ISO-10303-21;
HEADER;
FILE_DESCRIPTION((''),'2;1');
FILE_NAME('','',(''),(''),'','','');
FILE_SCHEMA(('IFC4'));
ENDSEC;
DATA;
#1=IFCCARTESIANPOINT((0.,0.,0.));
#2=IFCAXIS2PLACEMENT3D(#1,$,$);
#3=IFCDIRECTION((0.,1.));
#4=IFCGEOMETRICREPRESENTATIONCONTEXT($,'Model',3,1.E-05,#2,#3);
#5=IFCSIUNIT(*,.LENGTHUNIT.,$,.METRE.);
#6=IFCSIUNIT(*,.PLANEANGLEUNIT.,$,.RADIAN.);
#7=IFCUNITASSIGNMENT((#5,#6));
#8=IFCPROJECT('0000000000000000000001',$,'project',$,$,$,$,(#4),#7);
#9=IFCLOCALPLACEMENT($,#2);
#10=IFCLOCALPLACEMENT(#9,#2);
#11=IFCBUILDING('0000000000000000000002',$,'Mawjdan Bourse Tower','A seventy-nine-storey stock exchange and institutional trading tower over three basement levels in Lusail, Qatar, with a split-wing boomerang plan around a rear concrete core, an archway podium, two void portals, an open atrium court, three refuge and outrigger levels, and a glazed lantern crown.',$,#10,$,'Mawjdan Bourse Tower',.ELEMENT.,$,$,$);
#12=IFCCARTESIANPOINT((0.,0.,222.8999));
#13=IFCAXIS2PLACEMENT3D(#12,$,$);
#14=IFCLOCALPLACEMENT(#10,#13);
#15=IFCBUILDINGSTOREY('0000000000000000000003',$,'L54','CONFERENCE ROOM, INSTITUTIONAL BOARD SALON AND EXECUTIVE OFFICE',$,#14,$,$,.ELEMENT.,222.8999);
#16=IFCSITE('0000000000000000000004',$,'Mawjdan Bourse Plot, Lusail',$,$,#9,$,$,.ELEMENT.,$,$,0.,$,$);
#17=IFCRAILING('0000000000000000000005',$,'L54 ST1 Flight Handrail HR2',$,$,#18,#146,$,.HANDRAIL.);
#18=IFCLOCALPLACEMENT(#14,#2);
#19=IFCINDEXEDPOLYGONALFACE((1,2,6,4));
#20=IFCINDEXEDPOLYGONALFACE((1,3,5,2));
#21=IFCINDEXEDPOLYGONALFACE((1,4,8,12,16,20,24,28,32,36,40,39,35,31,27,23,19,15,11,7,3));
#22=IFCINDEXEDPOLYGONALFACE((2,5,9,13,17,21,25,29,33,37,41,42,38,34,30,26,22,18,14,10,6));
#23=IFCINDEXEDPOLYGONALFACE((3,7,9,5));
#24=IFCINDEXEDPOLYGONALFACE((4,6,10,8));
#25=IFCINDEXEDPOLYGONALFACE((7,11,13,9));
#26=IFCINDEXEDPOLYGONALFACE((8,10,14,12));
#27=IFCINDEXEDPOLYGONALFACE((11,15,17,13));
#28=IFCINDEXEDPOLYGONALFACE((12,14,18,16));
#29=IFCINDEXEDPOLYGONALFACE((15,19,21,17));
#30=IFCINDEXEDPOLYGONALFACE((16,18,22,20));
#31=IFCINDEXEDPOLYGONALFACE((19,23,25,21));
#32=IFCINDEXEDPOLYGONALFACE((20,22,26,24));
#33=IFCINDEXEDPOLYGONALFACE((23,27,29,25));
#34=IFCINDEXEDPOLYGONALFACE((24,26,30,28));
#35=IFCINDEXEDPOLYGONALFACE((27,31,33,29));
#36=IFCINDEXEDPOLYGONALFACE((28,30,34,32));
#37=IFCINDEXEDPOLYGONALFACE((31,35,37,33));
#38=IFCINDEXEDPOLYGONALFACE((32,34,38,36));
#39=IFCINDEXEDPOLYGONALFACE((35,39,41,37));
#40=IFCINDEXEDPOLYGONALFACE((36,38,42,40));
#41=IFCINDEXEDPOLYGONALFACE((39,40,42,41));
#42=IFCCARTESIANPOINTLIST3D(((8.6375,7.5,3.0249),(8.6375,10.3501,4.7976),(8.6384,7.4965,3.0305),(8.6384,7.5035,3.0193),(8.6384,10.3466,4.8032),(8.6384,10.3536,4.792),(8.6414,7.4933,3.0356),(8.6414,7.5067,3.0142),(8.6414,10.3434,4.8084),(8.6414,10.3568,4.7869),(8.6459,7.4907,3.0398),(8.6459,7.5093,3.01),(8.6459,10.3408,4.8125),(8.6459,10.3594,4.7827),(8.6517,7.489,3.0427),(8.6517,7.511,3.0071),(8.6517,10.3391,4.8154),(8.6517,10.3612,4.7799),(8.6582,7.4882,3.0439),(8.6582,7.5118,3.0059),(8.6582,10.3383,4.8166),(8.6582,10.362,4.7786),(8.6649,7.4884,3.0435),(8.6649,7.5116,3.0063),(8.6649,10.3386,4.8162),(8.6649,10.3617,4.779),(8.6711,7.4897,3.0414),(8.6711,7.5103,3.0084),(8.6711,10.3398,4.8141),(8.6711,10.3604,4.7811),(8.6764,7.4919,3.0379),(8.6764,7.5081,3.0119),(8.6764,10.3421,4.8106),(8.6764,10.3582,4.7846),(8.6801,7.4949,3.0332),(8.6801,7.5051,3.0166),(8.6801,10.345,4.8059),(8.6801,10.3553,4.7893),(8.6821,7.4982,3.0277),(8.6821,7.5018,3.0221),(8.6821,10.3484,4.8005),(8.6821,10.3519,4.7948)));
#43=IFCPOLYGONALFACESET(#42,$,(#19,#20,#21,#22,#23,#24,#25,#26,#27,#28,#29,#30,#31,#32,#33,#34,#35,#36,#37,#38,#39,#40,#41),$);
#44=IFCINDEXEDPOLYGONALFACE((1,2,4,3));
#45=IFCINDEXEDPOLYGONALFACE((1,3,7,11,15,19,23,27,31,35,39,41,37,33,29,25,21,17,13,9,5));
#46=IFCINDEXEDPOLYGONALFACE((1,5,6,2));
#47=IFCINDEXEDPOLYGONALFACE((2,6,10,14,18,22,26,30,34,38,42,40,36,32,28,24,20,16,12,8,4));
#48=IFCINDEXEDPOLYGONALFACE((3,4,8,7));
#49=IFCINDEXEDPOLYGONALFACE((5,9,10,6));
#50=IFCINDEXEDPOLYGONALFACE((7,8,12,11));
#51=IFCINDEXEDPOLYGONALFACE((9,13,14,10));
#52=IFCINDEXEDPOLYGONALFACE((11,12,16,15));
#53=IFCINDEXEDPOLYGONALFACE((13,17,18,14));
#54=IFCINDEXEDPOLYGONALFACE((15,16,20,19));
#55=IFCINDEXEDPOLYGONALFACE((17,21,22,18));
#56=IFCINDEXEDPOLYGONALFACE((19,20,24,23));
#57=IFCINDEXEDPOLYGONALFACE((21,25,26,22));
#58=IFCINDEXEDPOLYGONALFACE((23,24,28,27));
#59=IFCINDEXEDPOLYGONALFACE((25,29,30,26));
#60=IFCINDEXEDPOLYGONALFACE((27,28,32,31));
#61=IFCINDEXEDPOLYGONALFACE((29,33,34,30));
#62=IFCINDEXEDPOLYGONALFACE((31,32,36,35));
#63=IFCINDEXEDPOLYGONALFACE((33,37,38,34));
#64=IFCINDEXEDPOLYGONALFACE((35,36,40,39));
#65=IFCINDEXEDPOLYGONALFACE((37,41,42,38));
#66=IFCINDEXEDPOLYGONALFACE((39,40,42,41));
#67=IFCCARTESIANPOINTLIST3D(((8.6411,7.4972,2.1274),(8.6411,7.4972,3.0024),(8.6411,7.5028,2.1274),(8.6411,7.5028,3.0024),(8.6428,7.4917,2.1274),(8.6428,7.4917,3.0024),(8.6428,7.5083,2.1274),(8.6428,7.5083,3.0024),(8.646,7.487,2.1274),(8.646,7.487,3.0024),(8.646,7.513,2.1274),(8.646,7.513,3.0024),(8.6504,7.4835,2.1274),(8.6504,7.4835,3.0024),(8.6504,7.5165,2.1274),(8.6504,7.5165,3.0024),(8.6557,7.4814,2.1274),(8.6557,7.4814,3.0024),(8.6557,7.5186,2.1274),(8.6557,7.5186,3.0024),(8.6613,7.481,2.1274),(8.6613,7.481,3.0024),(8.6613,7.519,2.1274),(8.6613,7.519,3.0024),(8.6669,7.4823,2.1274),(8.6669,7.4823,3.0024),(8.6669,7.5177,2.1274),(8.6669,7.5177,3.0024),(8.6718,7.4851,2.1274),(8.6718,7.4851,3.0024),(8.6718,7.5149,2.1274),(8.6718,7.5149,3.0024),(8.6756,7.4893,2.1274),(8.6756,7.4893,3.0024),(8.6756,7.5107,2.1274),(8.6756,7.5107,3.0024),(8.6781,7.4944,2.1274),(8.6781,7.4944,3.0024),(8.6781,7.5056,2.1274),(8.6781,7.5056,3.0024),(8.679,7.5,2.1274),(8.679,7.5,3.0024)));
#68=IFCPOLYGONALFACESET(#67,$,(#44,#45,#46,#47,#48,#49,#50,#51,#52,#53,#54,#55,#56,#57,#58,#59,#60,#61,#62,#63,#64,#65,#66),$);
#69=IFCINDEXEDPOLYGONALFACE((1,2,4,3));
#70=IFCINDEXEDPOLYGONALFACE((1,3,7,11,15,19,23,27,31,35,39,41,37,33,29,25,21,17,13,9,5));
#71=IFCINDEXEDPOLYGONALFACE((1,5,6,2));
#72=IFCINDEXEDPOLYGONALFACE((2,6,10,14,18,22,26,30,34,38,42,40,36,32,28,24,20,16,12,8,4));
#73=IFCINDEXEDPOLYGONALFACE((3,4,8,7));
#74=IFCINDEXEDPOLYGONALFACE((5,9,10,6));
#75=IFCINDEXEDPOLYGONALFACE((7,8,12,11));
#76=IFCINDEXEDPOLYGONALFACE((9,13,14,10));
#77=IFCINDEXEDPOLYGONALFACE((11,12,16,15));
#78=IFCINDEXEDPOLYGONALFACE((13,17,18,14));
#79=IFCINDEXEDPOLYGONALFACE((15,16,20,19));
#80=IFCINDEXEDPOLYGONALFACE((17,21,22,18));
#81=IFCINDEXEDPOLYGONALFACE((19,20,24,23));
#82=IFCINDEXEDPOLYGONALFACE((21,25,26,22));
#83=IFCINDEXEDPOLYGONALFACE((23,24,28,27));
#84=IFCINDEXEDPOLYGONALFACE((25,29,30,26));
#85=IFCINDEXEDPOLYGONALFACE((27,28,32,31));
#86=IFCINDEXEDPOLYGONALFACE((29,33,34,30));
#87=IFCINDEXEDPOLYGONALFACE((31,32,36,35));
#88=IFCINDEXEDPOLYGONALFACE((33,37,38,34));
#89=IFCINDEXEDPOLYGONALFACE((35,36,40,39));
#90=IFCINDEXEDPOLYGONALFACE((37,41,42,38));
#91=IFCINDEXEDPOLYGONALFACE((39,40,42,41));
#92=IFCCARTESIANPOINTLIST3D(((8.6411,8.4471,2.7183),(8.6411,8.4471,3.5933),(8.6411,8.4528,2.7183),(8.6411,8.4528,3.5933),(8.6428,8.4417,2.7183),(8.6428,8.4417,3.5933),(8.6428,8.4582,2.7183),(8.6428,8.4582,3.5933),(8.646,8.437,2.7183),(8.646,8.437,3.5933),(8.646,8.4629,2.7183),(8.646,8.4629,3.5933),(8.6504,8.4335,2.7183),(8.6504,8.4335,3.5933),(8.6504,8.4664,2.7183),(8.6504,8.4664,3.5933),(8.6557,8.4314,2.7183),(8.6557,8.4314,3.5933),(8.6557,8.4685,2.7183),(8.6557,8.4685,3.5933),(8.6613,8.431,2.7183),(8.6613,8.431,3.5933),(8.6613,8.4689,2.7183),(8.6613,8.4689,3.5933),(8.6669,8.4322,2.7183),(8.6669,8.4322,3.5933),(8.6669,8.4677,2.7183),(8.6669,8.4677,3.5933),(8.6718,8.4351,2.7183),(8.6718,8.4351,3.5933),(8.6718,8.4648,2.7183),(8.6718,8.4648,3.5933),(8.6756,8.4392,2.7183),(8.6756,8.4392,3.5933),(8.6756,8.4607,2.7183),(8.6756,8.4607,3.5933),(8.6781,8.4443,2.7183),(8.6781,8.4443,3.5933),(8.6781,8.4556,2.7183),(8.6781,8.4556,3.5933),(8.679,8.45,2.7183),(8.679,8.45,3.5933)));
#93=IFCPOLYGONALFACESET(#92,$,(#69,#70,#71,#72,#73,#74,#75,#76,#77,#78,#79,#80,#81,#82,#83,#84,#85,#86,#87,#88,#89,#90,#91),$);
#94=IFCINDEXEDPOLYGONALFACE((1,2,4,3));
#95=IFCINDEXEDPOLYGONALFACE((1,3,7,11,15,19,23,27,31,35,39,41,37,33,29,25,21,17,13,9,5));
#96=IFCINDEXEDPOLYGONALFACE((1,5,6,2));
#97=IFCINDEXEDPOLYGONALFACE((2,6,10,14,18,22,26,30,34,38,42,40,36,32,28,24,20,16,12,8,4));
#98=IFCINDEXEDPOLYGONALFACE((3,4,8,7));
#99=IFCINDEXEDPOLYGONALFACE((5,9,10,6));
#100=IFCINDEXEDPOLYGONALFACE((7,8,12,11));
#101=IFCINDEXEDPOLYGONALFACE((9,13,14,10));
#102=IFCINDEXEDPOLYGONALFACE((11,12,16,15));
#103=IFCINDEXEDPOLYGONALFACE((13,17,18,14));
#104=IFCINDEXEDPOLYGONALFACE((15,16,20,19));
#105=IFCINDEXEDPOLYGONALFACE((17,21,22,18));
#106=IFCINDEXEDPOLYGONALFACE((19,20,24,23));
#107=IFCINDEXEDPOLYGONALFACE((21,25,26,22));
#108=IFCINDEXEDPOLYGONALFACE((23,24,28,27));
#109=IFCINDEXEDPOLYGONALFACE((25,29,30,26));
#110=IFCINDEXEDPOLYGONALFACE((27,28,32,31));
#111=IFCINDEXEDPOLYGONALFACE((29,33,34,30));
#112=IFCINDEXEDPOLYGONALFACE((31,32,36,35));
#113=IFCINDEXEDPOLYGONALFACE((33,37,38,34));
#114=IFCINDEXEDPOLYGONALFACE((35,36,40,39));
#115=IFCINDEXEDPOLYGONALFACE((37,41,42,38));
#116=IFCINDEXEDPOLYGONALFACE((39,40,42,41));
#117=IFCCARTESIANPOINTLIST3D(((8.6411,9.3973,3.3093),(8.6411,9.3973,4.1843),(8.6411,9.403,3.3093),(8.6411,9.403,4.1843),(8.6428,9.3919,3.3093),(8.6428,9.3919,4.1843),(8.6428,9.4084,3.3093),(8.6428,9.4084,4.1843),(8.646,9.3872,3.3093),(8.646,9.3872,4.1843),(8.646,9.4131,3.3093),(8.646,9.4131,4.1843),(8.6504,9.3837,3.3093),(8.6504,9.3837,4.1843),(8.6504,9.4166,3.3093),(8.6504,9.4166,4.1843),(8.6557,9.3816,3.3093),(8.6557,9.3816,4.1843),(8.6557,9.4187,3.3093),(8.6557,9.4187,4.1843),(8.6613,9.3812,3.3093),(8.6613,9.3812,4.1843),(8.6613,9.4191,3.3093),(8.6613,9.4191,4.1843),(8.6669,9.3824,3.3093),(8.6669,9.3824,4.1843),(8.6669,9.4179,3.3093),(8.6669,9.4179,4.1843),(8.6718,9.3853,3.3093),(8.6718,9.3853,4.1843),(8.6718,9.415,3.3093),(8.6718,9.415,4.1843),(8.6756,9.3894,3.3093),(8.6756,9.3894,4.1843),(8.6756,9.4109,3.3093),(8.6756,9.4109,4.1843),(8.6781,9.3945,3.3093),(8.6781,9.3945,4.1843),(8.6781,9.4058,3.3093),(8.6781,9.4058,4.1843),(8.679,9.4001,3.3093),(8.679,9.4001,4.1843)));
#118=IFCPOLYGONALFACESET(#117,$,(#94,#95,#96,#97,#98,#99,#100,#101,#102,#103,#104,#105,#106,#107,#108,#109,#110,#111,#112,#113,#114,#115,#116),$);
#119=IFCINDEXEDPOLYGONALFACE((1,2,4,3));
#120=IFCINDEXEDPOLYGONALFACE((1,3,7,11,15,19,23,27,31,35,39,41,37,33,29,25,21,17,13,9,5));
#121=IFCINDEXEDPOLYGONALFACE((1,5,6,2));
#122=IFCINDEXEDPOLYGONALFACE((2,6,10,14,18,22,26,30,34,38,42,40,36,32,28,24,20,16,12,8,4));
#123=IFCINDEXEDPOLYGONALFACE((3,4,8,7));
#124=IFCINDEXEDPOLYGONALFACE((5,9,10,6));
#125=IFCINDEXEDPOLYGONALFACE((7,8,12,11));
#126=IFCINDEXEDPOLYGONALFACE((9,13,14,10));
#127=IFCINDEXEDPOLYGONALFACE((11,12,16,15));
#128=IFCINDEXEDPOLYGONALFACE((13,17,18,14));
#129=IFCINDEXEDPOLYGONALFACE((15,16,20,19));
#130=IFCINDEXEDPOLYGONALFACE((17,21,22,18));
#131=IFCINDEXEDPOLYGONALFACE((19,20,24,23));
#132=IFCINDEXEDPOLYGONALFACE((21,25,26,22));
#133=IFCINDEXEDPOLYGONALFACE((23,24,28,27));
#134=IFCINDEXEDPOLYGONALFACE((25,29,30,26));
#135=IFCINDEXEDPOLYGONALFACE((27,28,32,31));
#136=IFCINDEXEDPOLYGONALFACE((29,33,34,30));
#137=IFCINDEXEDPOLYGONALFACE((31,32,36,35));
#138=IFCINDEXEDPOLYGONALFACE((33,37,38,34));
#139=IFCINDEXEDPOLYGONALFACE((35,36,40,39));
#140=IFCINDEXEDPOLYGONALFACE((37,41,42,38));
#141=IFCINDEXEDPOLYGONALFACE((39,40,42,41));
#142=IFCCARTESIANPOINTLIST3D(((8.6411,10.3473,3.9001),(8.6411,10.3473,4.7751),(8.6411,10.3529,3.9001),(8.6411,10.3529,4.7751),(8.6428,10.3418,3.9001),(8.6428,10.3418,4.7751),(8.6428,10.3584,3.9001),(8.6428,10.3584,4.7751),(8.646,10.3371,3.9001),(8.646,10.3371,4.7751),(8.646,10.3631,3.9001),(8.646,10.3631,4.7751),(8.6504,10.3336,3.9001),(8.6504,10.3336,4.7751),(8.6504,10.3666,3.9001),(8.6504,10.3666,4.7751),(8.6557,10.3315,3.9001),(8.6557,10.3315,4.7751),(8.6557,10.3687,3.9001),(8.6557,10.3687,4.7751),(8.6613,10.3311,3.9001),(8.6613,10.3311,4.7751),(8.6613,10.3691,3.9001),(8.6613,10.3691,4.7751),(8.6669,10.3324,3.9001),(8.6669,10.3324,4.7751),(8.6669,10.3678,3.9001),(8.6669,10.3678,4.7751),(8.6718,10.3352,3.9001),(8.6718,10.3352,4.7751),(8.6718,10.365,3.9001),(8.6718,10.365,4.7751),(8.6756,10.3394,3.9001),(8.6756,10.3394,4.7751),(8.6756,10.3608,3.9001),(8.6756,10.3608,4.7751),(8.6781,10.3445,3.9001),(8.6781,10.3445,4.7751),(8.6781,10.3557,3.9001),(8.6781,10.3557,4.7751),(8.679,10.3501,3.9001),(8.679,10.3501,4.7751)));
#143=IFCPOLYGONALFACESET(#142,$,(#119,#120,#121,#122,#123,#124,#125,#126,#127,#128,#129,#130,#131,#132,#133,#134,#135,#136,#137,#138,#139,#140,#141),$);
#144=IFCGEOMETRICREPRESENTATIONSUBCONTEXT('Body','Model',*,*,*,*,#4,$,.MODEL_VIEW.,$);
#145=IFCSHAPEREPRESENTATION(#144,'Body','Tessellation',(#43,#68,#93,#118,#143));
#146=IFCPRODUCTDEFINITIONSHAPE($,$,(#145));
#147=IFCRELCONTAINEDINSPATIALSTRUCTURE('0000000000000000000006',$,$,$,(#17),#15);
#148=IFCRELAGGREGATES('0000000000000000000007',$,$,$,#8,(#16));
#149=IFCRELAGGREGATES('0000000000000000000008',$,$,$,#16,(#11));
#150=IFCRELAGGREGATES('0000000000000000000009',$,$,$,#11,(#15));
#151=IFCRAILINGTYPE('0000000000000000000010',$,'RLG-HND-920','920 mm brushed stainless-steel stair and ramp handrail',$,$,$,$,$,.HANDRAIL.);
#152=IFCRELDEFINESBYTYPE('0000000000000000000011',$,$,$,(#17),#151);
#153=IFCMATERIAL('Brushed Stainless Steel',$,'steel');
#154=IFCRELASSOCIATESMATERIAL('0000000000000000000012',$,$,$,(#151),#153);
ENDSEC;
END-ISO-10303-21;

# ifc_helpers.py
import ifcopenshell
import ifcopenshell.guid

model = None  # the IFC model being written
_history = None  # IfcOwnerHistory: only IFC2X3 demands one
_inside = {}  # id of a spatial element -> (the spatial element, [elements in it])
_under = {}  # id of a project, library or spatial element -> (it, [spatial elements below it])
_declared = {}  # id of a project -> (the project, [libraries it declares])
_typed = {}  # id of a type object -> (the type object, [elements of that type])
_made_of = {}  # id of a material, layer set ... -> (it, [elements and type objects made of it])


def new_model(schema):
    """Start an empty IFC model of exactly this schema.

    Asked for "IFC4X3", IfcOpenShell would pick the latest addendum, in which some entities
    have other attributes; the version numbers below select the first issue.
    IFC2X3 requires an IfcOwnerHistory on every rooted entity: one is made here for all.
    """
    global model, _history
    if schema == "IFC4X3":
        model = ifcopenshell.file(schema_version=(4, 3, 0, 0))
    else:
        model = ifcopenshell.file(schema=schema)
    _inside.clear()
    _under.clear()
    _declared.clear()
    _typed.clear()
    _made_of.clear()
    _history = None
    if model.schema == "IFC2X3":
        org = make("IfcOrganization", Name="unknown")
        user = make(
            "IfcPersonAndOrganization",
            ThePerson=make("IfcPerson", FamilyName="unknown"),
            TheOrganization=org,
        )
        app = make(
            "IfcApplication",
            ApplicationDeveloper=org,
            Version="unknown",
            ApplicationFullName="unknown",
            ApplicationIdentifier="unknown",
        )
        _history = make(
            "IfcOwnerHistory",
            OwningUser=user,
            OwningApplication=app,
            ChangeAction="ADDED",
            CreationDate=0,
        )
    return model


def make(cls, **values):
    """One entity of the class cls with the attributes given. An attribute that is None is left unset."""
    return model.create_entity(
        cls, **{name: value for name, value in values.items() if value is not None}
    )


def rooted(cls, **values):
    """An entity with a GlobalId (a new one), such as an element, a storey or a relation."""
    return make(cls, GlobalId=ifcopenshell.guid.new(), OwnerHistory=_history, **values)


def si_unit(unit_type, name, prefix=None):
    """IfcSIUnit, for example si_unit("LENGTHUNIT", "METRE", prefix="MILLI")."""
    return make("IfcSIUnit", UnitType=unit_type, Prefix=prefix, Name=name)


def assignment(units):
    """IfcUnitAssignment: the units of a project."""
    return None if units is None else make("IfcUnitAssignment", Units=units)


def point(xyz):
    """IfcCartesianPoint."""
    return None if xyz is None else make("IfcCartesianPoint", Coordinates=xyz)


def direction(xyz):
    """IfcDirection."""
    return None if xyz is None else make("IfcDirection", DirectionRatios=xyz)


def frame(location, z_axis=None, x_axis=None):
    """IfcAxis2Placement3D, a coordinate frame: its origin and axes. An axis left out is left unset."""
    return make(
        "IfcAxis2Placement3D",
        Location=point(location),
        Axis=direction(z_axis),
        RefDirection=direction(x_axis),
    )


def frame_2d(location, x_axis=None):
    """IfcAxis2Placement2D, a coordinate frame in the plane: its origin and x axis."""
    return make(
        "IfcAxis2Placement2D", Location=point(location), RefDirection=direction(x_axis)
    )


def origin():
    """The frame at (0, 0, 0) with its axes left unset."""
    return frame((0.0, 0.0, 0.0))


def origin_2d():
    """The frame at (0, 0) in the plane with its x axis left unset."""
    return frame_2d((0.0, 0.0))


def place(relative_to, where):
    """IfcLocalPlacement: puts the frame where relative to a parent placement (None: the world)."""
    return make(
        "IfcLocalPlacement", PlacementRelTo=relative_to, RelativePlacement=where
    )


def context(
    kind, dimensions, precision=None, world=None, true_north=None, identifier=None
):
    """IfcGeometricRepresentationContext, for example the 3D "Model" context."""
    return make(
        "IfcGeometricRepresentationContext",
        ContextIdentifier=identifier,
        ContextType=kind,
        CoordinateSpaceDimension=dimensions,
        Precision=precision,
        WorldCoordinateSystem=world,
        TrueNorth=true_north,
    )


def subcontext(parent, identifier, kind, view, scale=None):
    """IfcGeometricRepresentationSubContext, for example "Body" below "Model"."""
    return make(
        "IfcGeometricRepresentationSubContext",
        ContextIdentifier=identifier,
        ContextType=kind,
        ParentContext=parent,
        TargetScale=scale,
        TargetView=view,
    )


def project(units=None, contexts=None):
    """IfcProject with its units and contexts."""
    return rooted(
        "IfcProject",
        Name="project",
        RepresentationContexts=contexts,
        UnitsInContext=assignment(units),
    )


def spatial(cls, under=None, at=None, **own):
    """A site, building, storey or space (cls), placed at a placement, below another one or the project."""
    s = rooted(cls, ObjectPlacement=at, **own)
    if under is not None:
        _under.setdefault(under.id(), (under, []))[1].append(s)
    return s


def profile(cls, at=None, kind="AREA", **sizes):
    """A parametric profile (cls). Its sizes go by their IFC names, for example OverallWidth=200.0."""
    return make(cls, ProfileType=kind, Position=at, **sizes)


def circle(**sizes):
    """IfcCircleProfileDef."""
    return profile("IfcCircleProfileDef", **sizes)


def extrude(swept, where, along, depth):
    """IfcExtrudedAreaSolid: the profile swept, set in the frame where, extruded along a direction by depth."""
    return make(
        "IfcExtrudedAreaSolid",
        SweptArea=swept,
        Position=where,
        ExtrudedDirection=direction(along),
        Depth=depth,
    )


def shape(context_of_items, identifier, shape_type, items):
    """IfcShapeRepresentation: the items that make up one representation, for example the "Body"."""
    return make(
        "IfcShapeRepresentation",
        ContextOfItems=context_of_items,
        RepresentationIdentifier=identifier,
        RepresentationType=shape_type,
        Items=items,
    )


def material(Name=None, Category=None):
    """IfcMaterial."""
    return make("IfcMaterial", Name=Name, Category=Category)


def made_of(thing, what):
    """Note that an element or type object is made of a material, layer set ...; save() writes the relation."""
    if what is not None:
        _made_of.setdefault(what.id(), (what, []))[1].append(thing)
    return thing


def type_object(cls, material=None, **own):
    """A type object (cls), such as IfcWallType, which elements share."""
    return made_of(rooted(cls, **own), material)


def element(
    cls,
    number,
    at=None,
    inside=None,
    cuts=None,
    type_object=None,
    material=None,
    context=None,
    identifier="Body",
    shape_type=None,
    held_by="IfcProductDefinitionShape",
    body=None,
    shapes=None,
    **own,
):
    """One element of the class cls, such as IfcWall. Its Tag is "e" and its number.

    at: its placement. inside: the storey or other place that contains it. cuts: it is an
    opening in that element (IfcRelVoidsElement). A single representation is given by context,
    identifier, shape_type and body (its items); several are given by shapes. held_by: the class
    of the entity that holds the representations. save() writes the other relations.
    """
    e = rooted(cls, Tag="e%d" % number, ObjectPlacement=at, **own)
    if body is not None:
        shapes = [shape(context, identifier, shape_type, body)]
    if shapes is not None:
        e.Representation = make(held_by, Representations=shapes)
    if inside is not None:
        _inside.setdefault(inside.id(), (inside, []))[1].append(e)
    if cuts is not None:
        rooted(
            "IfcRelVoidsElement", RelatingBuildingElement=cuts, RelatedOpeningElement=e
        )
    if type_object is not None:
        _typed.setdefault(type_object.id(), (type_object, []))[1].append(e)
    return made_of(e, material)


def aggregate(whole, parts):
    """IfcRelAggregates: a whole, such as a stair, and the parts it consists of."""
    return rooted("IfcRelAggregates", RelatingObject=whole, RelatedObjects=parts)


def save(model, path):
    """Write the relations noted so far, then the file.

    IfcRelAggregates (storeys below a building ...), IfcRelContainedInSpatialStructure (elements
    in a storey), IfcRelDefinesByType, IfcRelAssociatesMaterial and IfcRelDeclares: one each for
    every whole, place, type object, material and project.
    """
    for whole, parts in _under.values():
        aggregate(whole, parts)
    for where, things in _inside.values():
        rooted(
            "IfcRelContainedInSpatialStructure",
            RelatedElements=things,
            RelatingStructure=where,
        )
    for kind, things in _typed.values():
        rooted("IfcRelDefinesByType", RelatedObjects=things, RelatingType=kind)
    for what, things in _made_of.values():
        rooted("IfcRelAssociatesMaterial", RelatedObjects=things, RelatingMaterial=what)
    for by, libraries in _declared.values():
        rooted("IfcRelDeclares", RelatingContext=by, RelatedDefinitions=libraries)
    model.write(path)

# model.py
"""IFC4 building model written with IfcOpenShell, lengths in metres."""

from ifc_helpers import new_model, si_unit, direction, frame, origin, origin_2d, place, context, subcontext, project, spatial, circle, extrude, material, type_object, element, save


model = new_model("IFC4")

# Units and contexts
model_context = context("Model", 3, precision=1e-05, world=origin(), true_north=direction((0.0, 1.0)))
body_context = subcontext(model_context, "Body", "Model", "MODEL_VIEW")
ifc_project = project(units=[si_unit("LENGTHUNIT", "METRE"), si_unit("PLANEANGLEUNIT", "RADIAN")], contexts=[model_context])

# Site, building, storey
site_placement = place(None, origin())
site = spatial("IfcSite", under=ifc_project, at=site_placement, Name="Mawjdan Bourse Plot, Lusail", CompositionType="ELEMENT", RefElevation=0.0)
building_placement = place(site_placement, origin())
building = spatial("IfcBuilding", under=site, at=building_placement, Name="Mawjdan Bourse Tower", Description="A seventy-nine-storey stock exchange and institutional trading tower over three basement levels in Lusail, Qatar, with a split-wing boomerang plan around a rear concrete core, an archway podium, two void portals, an open atrium court, three refuge and outrigger levels, and a glazed lantern crown.", LongName="Mawjdan Bourse Tower", CompositionType="ELEMENT")
storey_placement = place(building_placement, frame((0.0, 0.0, 222.8999)))
storey = spatial("IfcBuildingStorey", under=building, at=storey_placement, Name="L54", Description="CONFERENCE ROOM, INSTITUTIONAL BOARD SALON AND EXECUTIVE OFFICE", CompositionType="ELEMENT", Elevation=222.8999)

# Railing
ifc_material_1 = material(Name="Brushed Stainless Steel", Category="steel")
railing_type_1 = type_object("IfcRailingType", Name="RLG-HND-920", Description="920 mm brushed stainless-steel stair and ramp handrail", PredefinedType="HANDRAIL", material=ifc_material_1)
for number, where, name in (
    (1, (8.6599, 7.5, 2.1274), "L54 ST1 Flight Handrail HR2"),
):
    element("IfcRailing", number, at=place(storey_placement, frame(where)), inside=storey, type_object=railing_type_1, Name=name, PredefinedType="HANDRAIL", context=body_context, shape_type="SweptSolid", body=[
        extrude(circle(Radius=0.0225, at=origin_2d()), frame((0.0, 0.0, 0.8975), z_axis=(0.0, 0.849149, 0.528154), x_axis=(-1.0, 0.0, 0.0)), (0.0, 0.0, 1.0), 3.3564),
        extrude(circle(Radius=0.019, at=origin_2d()), origin(), (0.0, 0.0, 1.0), 0.875),
        extrude(circle(Radius=0.019, at=origin_2d()), frame((0.0, 0.95, 0.5908)), (0.0, 0.0, 1.0), 0.875),
        extrude(circle(Radius=0.019, at=origin_2d()), frame((0.0, 1.9001, 1.1819)), (0.0, 0.0, 1.0), 0.875),
        extrude(circle(Radius=0.019, at=origin_2d()), frame((0.0, 2.8501, 1.7727)), (0.0, 0.0, 1.0), 0.875),
    ])

save(model, "model.ifc")
